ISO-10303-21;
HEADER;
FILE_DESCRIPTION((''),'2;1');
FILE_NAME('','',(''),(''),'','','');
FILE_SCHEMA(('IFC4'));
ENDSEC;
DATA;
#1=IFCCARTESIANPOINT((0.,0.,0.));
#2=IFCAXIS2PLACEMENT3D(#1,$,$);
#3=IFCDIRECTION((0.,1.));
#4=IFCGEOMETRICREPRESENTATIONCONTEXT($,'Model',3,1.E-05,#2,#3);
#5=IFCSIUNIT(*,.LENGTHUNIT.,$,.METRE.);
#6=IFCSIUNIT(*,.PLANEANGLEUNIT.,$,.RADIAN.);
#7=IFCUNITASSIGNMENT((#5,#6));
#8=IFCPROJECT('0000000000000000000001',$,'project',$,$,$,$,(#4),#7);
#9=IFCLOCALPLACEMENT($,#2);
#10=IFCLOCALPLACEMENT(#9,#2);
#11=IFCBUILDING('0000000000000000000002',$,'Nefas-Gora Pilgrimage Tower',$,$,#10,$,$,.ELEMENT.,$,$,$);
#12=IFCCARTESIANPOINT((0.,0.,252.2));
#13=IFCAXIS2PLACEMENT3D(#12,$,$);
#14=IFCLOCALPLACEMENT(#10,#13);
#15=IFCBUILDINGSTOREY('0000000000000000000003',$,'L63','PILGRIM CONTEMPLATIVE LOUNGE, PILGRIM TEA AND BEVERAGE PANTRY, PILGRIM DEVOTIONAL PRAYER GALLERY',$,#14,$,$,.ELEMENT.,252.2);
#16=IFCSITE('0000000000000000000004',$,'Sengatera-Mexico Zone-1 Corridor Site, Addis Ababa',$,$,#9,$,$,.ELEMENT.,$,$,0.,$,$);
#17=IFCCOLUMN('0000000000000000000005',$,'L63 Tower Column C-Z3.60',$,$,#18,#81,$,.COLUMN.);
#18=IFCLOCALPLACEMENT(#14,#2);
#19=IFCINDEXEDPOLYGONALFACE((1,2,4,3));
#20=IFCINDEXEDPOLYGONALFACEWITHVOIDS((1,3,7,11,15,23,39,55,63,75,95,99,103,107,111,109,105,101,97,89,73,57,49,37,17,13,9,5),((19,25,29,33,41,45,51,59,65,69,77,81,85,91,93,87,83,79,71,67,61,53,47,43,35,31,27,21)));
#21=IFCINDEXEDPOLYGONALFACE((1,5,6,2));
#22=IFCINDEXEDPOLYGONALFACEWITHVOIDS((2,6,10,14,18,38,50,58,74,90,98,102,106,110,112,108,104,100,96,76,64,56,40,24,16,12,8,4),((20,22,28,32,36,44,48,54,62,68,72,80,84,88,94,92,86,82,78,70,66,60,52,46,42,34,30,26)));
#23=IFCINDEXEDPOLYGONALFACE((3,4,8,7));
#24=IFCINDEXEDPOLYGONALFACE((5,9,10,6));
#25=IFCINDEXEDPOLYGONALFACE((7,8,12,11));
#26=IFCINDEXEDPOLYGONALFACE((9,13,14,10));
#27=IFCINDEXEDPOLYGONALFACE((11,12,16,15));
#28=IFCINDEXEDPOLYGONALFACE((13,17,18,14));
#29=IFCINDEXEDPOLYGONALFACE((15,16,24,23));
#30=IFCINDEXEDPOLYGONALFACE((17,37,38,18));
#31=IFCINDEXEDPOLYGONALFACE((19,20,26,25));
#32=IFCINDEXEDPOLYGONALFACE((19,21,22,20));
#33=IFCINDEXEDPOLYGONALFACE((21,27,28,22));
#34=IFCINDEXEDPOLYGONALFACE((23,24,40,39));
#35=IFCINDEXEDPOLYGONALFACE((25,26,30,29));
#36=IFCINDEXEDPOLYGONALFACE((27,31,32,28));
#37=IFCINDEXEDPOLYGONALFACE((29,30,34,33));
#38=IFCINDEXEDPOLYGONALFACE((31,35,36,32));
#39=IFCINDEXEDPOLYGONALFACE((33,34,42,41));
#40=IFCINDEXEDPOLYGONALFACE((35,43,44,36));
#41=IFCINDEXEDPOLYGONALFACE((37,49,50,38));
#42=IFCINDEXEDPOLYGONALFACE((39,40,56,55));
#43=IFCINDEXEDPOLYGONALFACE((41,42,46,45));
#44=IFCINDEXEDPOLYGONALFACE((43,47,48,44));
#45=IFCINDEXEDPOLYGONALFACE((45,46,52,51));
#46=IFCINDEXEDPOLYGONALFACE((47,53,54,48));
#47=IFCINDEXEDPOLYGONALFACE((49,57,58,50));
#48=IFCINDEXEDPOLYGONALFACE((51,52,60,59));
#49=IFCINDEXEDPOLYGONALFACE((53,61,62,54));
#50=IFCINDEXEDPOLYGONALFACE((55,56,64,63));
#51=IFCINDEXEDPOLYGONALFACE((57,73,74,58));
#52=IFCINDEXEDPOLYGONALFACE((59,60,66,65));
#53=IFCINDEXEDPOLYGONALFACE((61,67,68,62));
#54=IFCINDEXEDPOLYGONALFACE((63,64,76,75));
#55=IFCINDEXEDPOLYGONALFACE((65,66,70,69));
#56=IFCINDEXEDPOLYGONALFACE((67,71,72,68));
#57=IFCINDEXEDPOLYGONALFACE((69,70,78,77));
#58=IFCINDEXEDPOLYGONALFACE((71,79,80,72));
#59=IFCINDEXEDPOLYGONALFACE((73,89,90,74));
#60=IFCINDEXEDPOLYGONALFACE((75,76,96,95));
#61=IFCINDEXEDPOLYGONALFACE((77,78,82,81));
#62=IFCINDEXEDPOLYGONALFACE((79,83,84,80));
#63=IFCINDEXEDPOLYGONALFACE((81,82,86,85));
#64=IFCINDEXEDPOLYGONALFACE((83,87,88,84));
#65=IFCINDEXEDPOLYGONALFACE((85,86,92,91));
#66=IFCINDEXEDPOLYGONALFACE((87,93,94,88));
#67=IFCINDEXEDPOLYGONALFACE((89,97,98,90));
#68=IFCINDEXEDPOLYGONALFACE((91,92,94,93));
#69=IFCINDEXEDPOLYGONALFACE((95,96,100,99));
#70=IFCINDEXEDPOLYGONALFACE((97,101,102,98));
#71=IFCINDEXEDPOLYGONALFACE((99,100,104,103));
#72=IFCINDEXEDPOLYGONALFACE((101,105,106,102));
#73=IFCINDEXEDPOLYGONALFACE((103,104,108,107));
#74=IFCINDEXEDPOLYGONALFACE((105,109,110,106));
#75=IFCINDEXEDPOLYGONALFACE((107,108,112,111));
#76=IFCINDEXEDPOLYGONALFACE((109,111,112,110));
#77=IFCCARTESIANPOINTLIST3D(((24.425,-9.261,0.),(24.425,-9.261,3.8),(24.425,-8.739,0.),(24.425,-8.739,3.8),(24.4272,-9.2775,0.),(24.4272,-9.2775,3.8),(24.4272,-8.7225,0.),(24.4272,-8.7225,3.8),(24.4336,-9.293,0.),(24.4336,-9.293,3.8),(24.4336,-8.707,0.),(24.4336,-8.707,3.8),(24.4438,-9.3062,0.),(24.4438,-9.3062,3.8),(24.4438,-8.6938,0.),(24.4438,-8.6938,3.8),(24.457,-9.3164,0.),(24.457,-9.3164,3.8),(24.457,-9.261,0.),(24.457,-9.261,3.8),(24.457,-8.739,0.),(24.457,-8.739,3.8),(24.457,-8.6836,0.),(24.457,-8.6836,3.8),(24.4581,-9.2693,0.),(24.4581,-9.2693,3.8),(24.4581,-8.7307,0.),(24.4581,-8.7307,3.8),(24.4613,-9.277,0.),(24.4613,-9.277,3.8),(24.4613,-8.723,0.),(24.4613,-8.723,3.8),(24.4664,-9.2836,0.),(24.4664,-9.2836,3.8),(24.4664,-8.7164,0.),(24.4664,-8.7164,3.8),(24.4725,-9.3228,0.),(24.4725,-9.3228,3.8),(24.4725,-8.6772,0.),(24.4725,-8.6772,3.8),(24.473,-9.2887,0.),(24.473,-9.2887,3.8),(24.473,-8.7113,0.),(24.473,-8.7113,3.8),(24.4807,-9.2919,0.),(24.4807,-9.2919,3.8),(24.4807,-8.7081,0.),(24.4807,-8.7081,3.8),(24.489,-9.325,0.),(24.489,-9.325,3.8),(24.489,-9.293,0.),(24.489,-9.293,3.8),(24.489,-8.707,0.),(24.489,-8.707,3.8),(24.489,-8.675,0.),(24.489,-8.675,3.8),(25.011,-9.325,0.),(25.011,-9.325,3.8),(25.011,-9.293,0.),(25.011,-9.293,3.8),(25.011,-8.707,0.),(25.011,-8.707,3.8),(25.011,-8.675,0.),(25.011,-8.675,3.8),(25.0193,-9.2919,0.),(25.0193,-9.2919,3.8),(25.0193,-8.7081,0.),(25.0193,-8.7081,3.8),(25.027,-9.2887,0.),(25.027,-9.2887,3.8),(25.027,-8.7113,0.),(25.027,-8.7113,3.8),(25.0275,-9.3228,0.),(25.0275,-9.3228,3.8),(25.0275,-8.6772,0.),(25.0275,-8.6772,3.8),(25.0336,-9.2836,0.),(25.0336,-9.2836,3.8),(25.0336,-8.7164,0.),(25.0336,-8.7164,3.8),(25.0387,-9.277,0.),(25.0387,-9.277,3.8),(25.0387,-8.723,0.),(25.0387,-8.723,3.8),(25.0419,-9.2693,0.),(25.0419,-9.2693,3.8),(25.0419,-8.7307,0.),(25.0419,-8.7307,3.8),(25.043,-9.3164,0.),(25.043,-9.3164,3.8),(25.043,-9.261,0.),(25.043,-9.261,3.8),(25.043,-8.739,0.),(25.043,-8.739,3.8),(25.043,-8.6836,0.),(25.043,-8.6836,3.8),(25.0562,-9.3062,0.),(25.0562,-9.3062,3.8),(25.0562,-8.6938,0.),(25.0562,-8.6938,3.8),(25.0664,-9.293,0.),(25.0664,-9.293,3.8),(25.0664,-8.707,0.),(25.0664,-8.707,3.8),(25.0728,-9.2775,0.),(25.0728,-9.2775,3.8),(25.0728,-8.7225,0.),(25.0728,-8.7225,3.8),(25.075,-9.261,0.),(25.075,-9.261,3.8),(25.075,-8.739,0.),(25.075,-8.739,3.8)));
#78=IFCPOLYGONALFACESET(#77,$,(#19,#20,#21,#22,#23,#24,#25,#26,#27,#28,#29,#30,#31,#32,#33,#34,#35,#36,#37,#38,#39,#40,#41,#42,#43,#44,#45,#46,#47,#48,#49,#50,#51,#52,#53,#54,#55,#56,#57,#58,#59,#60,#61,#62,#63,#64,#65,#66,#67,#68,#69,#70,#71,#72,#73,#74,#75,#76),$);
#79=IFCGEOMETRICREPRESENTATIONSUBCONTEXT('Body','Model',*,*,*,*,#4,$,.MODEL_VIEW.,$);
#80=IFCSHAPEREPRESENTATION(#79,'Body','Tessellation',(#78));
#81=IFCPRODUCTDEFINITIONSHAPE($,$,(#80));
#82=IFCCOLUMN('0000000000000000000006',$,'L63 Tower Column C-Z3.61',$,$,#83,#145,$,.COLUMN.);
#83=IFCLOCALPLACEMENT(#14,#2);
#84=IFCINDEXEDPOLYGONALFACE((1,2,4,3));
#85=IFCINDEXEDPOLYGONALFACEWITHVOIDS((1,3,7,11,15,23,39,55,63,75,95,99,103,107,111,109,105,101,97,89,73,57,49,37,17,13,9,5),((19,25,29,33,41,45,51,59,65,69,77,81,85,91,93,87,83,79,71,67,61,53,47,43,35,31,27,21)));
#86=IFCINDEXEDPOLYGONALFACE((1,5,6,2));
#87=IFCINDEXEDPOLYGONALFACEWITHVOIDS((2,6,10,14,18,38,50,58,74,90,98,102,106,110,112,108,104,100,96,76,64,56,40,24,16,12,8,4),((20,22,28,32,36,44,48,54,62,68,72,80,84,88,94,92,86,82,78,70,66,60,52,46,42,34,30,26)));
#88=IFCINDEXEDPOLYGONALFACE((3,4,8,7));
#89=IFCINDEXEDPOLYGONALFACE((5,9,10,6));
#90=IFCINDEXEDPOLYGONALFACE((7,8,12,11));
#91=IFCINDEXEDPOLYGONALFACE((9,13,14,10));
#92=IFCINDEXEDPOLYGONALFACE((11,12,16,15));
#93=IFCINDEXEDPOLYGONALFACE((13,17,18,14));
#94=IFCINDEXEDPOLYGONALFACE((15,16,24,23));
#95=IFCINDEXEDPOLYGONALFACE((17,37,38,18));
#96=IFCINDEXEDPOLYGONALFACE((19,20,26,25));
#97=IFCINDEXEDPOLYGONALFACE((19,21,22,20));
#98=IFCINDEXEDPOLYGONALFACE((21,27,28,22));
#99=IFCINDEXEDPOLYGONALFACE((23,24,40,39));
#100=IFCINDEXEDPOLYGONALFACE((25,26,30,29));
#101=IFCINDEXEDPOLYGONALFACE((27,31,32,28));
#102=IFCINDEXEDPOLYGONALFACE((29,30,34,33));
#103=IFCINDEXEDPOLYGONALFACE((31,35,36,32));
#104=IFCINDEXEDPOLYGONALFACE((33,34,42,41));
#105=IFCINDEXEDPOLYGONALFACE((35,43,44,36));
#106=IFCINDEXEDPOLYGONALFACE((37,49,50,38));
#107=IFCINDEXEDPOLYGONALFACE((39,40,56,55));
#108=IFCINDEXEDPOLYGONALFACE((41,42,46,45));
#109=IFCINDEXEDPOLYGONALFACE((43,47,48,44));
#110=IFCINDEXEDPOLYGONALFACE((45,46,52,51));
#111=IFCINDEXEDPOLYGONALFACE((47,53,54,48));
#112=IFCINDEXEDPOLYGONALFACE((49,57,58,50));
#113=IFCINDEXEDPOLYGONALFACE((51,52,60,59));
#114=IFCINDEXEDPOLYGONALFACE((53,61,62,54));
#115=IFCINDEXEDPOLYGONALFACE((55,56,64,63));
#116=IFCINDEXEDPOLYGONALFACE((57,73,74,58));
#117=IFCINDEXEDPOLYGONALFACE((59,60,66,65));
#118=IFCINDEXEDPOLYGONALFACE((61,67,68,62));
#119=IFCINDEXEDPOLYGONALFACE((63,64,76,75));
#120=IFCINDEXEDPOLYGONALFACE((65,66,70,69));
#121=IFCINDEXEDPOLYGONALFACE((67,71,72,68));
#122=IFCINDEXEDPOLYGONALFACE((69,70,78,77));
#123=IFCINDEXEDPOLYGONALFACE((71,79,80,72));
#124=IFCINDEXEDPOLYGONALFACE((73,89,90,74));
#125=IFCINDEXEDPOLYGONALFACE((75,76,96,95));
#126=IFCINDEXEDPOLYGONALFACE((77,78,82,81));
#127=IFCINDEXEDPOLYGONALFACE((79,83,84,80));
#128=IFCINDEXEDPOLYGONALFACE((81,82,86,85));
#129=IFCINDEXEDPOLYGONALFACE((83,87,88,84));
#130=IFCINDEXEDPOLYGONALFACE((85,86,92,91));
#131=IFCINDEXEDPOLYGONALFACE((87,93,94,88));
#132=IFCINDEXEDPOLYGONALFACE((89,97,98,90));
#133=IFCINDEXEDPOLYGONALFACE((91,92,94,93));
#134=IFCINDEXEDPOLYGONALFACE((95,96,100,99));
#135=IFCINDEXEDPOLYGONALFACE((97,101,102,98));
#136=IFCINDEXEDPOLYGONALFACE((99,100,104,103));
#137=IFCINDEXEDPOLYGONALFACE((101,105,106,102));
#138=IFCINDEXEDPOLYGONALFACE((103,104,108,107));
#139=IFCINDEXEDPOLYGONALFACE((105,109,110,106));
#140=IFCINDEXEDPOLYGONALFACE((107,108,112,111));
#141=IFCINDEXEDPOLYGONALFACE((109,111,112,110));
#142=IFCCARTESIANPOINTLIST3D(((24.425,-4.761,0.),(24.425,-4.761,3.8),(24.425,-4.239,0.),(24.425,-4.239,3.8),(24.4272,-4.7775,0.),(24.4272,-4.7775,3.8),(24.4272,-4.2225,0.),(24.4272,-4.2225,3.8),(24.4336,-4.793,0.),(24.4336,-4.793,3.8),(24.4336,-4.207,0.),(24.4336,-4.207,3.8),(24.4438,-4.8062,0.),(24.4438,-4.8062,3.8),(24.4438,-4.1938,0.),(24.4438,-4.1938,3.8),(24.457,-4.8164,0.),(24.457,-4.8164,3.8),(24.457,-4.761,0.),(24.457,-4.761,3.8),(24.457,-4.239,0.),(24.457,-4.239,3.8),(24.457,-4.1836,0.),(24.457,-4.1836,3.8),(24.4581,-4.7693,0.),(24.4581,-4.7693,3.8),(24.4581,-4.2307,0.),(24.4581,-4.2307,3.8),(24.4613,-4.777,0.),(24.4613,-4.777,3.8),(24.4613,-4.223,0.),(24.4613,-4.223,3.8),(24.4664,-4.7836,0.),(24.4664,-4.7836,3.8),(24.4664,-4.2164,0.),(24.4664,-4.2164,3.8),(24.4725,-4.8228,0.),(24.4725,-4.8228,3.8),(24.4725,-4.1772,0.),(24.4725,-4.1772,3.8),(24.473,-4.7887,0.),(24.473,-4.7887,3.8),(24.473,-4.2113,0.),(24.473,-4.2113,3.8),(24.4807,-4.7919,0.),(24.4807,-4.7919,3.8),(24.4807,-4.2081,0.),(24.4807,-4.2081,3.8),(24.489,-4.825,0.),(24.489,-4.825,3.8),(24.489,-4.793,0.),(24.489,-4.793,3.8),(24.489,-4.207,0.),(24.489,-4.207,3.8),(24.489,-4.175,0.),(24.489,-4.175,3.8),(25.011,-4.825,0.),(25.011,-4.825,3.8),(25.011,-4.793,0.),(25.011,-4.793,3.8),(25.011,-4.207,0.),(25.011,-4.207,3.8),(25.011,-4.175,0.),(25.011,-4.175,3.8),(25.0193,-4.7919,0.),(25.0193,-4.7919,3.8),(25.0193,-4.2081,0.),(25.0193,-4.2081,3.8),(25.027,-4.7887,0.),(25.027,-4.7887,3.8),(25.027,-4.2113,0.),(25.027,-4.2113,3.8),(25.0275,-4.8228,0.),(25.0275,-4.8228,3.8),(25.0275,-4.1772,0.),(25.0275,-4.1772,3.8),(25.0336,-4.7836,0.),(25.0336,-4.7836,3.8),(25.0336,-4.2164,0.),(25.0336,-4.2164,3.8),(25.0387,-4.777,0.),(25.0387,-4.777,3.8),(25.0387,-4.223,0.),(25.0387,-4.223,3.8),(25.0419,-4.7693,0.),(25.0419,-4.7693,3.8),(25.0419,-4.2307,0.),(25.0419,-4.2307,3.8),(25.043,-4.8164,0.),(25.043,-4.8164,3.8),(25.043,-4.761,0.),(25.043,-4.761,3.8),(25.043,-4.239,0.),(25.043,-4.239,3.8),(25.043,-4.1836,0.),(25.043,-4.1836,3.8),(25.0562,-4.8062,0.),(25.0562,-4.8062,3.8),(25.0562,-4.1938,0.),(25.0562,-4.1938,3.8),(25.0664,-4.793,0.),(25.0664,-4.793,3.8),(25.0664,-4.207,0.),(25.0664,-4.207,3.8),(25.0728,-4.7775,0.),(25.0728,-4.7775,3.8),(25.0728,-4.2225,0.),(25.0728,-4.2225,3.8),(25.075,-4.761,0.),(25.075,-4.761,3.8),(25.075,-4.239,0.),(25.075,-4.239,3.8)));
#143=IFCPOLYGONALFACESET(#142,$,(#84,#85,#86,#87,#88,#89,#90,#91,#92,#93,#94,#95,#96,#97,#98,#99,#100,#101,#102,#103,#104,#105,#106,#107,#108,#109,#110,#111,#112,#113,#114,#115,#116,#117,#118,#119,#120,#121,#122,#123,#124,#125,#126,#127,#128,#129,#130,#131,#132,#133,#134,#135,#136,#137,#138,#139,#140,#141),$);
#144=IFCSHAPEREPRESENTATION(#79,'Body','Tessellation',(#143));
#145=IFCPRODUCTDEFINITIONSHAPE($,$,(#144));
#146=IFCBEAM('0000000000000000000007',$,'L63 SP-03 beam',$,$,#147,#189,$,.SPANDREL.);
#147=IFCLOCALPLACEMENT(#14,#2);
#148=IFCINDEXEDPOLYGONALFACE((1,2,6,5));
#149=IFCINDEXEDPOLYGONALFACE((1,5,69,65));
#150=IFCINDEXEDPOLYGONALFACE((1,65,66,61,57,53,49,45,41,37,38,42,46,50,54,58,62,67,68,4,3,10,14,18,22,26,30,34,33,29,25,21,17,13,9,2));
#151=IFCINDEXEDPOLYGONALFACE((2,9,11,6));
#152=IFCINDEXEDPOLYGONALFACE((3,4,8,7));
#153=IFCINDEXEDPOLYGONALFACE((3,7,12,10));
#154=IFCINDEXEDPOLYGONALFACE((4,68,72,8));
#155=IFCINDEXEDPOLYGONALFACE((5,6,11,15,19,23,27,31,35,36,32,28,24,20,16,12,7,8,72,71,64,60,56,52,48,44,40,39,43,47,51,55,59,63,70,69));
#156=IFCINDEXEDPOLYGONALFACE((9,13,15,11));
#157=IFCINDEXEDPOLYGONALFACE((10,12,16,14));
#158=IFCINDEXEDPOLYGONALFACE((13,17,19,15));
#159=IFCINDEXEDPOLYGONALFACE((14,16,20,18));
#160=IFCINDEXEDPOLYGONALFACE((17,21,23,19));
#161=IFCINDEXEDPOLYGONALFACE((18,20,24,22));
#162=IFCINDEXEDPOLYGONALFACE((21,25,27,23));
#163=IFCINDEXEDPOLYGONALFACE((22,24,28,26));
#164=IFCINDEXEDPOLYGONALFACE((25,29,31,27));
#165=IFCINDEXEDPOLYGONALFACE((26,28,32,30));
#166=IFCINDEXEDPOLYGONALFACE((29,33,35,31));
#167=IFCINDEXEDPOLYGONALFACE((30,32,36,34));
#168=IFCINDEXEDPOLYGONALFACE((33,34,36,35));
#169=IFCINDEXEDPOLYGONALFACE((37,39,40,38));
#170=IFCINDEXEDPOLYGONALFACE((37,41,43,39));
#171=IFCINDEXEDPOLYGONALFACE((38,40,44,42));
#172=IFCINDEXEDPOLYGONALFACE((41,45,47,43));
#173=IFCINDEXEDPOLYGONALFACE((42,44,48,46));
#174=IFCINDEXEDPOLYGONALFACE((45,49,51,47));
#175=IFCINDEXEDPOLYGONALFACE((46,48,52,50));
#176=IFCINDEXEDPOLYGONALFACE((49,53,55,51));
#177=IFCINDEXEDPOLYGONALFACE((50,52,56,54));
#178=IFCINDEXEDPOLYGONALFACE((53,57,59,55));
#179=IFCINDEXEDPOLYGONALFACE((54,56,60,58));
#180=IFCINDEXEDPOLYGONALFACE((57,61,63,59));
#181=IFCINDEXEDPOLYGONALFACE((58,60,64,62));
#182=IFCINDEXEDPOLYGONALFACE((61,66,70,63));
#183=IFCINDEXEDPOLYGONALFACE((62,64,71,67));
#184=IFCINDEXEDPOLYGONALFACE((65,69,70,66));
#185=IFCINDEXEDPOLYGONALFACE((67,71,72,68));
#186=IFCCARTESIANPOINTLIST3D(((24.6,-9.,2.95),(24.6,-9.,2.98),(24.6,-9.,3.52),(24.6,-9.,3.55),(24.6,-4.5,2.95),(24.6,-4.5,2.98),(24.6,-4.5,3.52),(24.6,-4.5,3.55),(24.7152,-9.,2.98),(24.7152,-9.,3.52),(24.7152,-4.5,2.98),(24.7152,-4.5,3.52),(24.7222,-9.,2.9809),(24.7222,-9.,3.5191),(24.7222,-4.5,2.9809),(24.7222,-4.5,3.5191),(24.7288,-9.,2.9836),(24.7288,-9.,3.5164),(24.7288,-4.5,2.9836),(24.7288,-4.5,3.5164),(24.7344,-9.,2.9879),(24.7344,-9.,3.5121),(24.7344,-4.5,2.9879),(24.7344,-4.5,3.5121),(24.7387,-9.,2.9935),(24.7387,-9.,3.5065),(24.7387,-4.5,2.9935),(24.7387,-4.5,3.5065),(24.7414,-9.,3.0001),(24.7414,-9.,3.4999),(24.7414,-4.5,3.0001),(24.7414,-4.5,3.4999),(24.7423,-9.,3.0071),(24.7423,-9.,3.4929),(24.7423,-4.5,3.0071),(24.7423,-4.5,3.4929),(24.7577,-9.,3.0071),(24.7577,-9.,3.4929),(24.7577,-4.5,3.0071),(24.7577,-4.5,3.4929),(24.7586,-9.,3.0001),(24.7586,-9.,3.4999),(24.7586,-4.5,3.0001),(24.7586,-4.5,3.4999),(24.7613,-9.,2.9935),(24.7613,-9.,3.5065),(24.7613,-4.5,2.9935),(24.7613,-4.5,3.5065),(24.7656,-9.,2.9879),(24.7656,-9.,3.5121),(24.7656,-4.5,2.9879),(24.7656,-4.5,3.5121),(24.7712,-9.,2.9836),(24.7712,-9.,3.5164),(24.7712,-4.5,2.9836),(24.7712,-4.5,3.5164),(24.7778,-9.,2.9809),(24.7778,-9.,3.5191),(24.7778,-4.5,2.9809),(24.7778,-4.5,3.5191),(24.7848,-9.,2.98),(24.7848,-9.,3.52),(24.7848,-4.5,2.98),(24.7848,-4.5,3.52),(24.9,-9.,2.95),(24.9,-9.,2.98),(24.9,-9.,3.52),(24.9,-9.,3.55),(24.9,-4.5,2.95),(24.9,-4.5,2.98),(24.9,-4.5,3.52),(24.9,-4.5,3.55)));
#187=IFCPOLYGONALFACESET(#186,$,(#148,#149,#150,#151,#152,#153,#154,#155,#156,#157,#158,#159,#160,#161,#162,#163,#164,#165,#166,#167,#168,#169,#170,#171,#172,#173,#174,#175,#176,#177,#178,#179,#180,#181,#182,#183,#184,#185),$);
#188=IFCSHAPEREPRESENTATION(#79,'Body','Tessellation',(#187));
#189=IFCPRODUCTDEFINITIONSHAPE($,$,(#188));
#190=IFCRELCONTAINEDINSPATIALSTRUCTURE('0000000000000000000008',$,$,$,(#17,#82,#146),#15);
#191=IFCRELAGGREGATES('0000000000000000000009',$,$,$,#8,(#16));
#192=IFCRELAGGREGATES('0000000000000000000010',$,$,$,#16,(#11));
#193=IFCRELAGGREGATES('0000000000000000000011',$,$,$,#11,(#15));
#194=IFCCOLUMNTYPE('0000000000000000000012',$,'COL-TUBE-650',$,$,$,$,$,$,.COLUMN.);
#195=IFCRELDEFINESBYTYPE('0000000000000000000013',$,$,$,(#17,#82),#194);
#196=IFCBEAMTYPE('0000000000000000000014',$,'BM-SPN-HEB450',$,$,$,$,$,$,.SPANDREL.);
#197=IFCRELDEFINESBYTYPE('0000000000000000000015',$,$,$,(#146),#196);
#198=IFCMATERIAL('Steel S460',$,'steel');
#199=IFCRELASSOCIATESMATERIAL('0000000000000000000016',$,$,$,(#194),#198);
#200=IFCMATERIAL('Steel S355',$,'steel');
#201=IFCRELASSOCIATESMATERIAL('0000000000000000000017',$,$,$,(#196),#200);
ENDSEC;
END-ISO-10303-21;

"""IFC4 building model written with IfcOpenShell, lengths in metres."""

from ifc_helpers import new_model, si_unit, direction, frame, origin, origin_2d, place, context, subcontext, project, spatial, hollow_rectangle, i_section, extrude, source, transform, mapped, material, material_profile, profile_set, type_object, element, save


model = new_model("IFC4")

# Units and contexts
model_context = context("Model", 3, precision=1e-05, world=origin(), true_north=direction((0.0, 1.0)))
body_context = subcontext(model_context, "Body", "Model", "MODEL_VIEW")
ifc_project = project(units=[si_unit("LENGTHUNIT", "METRE"), si_unit("PLANEANGLEUNIT", "RADIAN")], contexts=[model_context])

# Site, building, storey
site_placement = place(None, origin())
site = spatial("IfcSite", under=ifc_project, at=site_placement, Name="Sengatera-Mexico Zone-1 Corridor Site, Addis Ababa", CompositionType="ELEMENT", RefElevation=0.0)
building_placement = place(site_placement, origin())
building = spatial("IfcBuilding", under=site, at=building_placement, Name="Nefas-Gora Pilgrimage Tower", CompositionType="ELEMENT")
storey_placement = place(building_placement, frame((0.0, 0.0, 252.2)))
storey = spatial("IfcBuildingStorey", under=building, at=storey_placement, Name="L63", Description="PILGRIM CONTEMPLATIVE LOUNGE, PILGRIM TEA AND BEVERAGE PANTRY, PILGRIM DEVOTIONAL PRAYER GALLERY", CompositionType="ELEMENT", Elevation=252.2)

# Columns
ifc_material_1 = material(Name="Steel S460", Category="steel")
ifc_material_profile_1 = material_profile(ifc_material_1, hollow_rectangle(XDim=0.6499, YDim=0.6499, WallThickness=0.032, InnerFilletRadius=0.032, OuterFilletRadius=0.064, at=origin_2d()), Name="BOX 650x650x32")
ifc_profile_set_1 = profile_set([ifc_material_profile_1], Name="Steel S460")
column_type_1 = type_object("IfcColumnType", Name="COL-TUBE-650", PredefinedType="COLUMN", material=ifc_profile_set_1)
shared_shape_1 = source(origin(), body_context, "Body", "SweptSolid", [
    extrude(hollow_rectangle(XDim=0.6499, YDim=0.6499, WallThickness=0.032, InnerFilletRadius=0.032, OuterFilletRadius=0.064, at=origin_2d()), origin(), (0.0, 0.0, 1.0), 3.8),
])
for number, where, z_axis, x_axis, name in (
    (1, (24.75, -9.0, 0.0), (0.0, 0.0, 1.0), (1.0, 0.0, 0.0), "L63 Tower Column C-Z3.60"),
    (2, (24.75, -4.5, 0.0), (0.0, 0.0, 1.0), (1.0, 0.0, 0.0), "L63 Tower Column C-Z3.61"),
):
    element("IfcColumn", number, at=place(storey_placement, frame(where, z_axis=z_axis, x_axis=x_axis)), inside=storey, type_object=column_type_1, Name=name, PredefinedType="COLUMN", context=body_context, shape_type="MappedRepresentation", body=[
        mapped(shared_shape_1, transform((0.0, 0.0, 0.0), x_axis=(1.0, 0.0, 0.0), y_axis=(0.0, 1.0, 0.0), z_axis=(0.0, 0.0, 1.0), scale=1.0)),
    ])

# Beam
ifc_material_2 = material(Name="Steel S355", Category="steel")
ifc_material_profile_2 = material_profile(ifc_material_2, i_section(OverallWidth=0.3, OverallDepth=0.6001, WebThickness=0.0154, FlangeThickness=0.03, FilletRadius=0.0271, at=origin_2d()), Name="HEB 600")
ifc_profile_set_2 = profile_set([ifc_material_profile_2], Name="Steel S355")
beam_type_1 = type_object("IfcBeamType", Name="BM-SPN-HEB450", PredefinedType="SPANDREL", material=ifc_profile_set_2)
shared_shape_2 = source(origin(), body_context, "Body", "SweptSolid", [
    extrude(i_section(OverallWidth=0.3, OverallDepth=0.6001, WebThickness=0.0154, FlangeThickness=0.03, FilletRadius=0.0271, at=origin_2d()), origin(), (0.0, 0.0, 1.0), 4.5),
])
for number, where, z_axis, x_axis, name in (
    (3, (24.75, -9.0, 3.25), (0.0, 1.0, 0.0), (-1.0, 0.0, 0.0), "L63 SP-03 beam"),
):
    element("IfcBeam", number, at=place(storey_placement, frame(where, z_axis=z_axis, x_axis=x_axis)), inside=storey, type_object=beam_type_1, Name=name, PredefinedType="SPANDREL", context=body_context, shape_type="MappedRepresentation", body=[
        mapped(shared_shape_2, transform((0.0, 0.0, 0.0), x_axis=(1.0, 0.0, 0.0), y_axis=(0.0, 1.0, 0.0), z_axis=(0.0, 0.0, 1.0), scale=1.0)),
    ])

save(model, "model.ifc")
